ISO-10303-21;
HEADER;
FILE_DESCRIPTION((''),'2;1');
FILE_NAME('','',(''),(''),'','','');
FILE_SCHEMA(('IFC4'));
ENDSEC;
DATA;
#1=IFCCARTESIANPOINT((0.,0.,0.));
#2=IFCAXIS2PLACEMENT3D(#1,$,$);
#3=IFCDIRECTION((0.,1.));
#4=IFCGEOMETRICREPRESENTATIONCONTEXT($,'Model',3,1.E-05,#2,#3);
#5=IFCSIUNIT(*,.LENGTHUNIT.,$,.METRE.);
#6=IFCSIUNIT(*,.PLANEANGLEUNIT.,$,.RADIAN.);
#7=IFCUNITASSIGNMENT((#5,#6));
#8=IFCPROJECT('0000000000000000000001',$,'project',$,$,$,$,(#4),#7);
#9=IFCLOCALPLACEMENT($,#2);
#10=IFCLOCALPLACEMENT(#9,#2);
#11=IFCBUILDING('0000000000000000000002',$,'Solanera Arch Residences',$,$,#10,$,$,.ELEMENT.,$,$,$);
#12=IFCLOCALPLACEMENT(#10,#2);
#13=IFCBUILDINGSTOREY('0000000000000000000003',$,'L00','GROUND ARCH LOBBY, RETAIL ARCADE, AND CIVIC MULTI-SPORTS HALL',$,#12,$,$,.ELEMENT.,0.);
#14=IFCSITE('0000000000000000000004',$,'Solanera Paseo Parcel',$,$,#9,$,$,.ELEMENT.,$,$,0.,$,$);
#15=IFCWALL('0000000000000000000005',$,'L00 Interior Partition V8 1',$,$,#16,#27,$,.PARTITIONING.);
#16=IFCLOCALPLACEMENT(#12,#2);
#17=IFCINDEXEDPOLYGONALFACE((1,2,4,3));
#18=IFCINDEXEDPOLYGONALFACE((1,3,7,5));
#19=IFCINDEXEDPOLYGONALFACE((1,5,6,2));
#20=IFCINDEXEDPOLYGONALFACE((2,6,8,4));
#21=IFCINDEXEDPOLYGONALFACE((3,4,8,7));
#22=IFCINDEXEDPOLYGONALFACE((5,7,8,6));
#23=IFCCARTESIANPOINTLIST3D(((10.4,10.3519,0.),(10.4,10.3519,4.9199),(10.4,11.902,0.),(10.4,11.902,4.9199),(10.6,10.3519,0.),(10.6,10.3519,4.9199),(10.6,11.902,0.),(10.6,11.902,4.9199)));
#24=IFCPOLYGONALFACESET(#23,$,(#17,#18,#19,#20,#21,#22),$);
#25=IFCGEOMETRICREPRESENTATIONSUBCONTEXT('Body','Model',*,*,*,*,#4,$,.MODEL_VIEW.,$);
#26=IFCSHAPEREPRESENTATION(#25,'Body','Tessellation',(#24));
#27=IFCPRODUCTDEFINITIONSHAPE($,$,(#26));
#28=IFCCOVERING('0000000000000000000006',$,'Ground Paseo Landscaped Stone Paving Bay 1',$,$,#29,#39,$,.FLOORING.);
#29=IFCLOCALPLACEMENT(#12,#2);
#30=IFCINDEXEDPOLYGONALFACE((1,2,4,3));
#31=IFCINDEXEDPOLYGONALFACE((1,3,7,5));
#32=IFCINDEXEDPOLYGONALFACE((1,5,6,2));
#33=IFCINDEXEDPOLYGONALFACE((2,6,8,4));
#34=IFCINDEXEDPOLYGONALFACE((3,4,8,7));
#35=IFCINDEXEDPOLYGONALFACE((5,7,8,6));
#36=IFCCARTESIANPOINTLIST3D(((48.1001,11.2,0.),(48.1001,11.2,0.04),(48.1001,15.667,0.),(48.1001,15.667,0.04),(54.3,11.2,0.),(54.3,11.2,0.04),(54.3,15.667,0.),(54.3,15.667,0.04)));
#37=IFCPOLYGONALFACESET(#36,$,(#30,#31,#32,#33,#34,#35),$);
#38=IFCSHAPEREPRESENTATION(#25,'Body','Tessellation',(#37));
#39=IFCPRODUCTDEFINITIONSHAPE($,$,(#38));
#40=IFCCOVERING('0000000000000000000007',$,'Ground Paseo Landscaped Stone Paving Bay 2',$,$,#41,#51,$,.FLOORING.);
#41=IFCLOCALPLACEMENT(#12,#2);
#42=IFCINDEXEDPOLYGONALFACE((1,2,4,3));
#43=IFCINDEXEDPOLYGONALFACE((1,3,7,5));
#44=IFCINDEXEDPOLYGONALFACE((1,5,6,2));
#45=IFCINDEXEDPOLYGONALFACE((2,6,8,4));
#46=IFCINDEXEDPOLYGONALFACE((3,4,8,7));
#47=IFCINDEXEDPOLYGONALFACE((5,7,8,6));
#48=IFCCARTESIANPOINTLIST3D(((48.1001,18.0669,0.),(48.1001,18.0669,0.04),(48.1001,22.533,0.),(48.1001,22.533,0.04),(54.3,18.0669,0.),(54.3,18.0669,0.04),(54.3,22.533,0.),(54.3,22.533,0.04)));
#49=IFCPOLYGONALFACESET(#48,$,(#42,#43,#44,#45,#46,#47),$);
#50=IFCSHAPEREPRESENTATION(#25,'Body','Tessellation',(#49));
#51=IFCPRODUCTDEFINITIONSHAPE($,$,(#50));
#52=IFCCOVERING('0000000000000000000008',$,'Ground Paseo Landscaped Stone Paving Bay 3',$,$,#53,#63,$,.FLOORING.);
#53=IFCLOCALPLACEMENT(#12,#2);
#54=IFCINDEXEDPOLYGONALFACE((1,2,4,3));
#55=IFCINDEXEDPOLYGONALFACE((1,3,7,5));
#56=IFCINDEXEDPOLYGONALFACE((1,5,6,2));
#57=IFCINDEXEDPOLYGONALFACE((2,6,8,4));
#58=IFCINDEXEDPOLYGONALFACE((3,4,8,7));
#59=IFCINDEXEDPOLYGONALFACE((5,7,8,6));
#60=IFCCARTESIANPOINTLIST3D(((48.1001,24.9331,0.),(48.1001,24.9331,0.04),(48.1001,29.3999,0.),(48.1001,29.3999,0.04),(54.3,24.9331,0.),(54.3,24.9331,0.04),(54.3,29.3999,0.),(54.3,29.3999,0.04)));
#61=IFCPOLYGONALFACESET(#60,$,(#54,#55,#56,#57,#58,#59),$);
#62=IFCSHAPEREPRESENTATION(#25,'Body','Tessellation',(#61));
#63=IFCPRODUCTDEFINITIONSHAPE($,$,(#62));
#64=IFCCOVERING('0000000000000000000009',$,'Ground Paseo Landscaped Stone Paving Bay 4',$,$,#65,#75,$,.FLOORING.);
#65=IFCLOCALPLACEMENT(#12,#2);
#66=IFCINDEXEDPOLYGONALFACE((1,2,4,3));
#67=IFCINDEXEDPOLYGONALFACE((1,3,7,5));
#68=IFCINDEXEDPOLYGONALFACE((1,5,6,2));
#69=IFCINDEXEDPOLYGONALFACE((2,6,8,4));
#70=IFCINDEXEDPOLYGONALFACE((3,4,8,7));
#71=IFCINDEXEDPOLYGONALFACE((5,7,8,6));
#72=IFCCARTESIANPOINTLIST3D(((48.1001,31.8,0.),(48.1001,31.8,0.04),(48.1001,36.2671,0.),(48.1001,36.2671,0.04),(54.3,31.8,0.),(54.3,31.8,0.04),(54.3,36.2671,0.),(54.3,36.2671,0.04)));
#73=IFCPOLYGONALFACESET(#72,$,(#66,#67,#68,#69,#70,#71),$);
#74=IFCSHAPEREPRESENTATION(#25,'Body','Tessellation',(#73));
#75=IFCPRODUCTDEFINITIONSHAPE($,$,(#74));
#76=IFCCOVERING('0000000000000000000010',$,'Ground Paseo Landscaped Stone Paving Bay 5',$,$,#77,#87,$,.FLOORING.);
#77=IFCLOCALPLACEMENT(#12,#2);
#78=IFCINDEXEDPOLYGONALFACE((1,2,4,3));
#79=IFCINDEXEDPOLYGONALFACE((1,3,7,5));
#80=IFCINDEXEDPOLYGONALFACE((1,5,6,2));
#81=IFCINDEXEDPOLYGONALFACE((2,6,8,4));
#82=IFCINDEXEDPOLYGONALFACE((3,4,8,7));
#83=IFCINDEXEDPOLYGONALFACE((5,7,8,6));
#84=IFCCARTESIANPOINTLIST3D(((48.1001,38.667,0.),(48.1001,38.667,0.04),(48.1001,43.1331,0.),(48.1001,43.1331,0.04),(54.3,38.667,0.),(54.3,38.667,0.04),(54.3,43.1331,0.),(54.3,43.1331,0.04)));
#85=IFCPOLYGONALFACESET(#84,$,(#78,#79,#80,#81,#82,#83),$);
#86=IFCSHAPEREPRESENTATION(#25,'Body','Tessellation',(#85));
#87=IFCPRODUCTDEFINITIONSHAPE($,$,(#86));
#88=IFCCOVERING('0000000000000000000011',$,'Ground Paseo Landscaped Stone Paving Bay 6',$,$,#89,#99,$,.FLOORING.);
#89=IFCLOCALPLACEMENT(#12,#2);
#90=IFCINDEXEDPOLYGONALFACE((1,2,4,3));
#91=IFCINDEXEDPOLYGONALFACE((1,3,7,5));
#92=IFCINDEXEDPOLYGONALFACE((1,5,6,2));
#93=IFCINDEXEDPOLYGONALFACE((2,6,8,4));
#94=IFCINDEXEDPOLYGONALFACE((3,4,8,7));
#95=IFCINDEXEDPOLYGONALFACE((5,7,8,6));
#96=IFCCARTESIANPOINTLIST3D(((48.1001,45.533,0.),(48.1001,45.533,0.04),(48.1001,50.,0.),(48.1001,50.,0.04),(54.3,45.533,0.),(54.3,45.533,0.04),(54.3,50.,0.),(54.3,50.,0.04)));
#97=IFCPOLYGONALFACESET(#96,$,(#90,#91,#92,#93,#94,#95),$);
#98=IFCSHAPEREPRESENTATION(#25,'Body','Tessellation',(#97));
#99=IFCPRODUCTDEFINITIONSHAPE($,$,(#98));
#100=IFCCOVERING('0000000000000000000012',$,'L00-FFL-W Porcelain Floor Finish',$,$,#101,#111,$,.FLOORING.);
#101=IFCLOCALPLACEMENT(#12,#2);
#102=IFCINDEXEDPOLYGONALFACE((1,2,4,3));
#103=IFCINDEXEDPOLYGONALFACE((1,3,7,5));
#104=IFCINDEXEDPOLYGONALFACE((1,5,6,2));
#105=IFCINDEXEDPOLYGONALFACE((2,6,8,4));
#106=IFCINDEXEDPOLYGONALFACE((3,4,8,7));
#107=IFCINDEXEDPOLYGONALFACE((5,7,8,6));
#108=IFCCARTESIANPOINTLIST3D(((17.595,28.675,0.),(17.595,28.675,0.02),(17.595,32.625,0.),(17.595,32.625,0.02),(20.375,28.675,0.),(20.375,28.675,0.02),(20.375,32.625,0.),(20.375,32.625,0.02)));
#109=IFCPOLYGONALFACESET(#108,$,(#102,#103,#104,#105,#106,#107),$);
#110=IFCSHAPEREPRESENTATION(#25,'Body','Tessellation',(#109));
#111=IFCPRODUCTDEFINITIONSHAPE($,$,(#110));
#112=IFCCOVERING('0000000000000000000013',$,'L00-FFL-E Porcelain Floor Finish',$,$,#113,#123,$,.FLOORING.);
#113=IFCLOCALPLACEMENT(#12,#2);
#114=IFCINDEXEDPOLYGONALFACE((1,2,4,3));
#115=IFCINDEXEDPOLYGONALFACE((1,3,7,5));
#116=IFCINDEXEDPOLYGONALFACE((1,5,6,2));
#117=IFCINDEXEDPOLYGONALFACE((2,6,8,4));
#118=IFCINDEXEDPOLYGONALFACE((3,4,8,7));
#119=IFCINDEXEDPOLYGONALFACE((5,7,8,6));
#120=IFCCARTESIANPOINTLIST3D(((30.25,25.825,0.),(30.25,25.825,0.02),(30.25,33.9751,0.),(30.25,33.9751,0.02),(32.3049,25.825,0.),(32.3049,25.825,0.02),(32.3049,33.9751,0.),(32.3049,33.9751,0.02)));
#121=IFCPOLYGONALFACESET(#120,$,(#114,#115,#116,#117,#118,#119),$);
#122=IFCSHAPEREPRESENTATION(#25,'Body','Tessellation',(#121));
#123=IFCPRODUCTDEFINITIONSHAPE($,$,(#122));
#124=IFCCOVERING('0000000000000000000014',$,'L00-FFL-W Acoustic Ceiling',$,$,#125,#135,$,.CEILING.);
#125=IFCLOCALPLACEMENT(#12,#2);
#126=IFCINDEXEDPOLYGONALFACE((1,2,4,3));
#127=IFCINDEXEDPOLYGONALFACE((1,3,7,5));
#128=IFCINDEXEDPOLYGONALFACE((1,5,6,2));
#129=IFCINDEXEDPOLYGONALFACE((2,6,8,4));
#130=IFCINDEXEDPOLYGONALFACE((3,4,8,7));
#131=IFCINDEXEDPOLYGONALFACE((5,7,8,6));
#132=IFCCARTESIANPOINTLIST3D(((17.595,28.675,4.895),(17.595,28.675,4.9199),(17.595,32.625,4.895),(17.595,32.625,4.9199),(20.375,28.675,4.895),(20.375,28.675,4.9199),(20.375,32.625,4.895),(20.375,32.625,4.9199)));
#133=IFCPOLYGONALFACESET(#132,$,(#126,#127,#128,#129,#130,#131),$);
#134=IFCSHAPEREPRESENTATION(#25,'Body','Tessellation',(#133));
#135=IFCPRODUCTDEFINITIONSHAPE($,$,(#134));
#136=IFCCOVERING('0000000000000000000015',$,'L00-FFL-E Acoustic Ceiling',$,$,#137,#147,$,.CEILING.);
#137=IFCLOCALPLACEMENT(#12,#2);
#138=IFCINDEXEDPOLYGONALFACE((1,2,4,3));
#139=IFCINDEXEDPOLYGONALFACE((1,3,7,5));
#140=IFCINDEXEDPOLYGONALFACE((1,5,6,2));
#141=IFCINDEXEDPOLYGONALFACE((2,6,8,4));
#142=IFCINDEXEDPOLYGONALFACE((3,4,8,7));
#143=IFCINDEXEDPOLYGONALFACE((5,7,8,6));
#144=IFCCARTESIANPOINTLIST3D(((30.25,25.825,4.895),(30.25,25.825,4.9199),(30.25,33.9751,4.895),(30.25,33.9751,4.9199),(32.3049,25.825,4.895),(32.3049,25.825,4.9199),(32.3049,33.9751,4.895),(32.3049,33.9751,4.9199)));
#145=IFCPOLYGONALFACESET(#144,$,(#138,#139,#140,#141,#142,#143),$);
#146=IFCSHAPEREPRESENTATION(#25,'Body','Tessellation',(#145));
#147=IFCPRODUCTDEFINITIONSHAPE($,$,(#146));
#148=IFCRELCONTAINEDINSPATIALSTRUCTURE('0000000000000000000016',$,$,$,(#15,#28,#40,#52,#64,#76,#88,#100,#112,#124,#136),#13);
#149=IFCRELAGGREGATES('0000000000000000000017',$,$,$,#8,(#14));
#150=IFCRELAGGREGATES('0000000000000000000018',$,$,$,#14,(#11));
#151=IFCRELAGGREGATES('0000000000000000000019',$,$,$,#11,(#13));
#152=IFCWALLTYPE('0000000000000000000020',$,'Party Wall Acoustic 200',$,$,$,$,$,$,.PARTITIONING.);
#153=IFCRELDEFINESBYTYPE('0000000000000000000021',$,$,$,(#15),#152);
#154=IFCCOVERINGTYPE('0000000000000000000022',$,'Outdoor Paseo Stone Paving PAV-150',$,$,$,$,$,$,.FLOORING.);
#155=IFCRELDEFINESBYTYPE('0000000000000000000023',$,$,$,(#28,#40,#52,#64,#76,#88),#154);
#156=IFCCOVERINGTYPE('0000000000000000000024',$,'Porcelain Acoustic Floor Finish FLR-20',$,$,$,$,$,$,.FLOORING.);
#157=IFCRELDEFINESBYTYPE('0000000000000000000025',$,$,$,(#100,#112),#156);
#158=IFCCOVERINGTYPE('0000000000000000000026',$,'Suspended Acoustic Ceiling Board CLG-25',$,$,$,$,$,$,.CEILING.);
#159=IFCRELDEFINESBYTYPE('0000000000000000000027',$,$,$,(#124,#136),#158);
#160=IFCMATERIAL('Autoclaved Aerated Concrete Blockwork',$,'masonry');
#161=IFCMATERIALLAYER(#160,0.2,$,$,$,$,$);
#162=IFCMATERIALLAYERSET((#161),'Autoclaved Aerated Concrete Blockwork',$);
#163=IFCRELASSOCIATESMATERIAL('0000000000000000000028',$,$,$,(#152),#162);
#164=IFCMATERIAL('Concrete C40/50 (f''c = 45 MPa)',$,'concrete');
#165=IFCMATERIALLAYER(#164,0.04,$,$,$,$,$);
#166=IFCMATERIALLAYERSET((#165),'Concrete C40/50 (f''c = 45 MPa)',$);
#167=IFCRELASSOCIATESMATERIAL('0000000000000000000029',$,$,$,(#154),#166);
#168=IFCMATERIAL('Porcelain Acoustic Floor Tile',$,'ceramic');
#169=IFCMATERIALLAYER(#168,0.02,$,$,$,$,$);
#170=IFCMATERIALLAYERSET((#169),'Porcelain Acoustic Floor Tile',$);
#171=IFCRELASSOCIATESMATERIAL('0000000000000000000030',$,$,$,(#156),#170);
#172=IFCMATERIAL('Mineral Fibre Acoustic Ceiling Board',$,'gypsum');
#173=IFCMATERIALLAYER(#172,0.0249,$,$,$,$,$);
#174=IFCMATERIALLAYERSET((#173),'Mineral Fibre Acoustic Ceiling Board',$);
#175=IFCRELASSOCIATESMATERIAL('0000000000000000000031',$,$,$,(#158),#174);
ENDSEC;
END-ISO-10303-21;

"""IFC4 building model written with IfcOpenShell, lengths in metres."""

from ifc_helpers import new_model, si_unit, direction, frame, frame_2d, origin, place, context, subcontext, project, spatial, polyline, rectangle, outline, extrude, material, layer, layer_set, type_object, element, save


model = new_model("IFC4")

# Units and contexts
model_context = context("Model", 3, precision=1e-05, world=origin(), true_north=direction((0.0, 1.0)))
body_context = subcontext(model_context, "Body", "Model", "MODEL_VIEW")
ifc_project = project(units=[si_unit("LENGTHUNIT", "METRE"), si_unit("PLANEANGLEUNIT", "RADIAN")], contexts=[model_context])

# Site, building, storey
site_placement = place(None, origin())
site = spatial("IfcSite", under=ifc_project, at=site_placement, Name="Solanera Paseo Parcel", CompositionType="ELEMENT", RefElevation=0.0)
building_placement = place(site_placement, origin())
building = spatial("IfcBuilding", under=site, at=building_placement, Name="Solanera Arch Residences", CompositionType="ELEMENT")
storey_placement = place(building_placement, origin())
storey = spatial("IfcBuildingStorey", under=building, at=storey_placement, Name="L00", Description="GROUND ARCH LOBBY, RETAIL ARCADE, AND CIVIC MULTI-SPORTS HALL", CompositionType="ELEMENT", Elevation=0.0)

# Wall
ifc_material_1 = material(Name="Autoclaved Aerated Concrete Blockwork", Category="masonry")
ifc_layer_1 = layer(ifc_material_1, 0.2)
ifc_layer_set_1 = layer_set([ifc_layer_1], Name="Autoclaved Aerated Concrete Blockwork")
wall_type_1 = type_object("IfcWallType", Name="Party Wall Acoustic 200", PredefinedType="PARTITIONING", material=ifc_layer_set_1)
wall_1_placement = place(storey_placement, frame((10.5, 10.3521, 0.0), z_axis=(0.0, 0.0, 1.0), x_axis=(0.0, 1.0, 0.0)))
element("IfcWall", 1, at=wall_1_placement, inside=storey, type_object=wall_type_1, Name="L00 Interior Partition V8 1", PredefinedType="PARTITIONING", context=body_context, shape_type="SweptSolid", body=[
    extrude(rectangle(XDim=1.55, YDim=0.2, at=frame_2d((0.7749, 0.0))), origin(), (0.0, 0.0, 1.0), 4.9199),
])

# Coverings
ifc_material_2 = material(Name="Concrete C40/50 (f'c = 45 MPa)", Category="concrete")
ifc_layer_2 = layer(ifc_material_2, 0.04)
ifc_layer_set_2 = layer_set([ifc_layer_2], Name="Concrete C40/50 (f'c = 45 MPa)")
covering_type_1 = type_object("IfcCoveringType", Name="Outdoor Paseo Stone Paving PAV-150", PredefinedType="FLOORING", material=ifc_layer_set_2)
covering_1_placement = place(storey_placement, origin())
element("IfcCovering", 2, at=covering_1_placement, inside=storey, type_object=covering_type_1, Name="Ground Paseo Landscaped Stone Paving Bay 1", PredefinedType="FLOORING", context=body_context, shape_type="SweptSolid", body=[
    extrude(outline(polyline([(48.1001, 11.2), (54.3, 11.2), (54.3, 15.667), (48.1001, 15.667), (48.1001, 11.2)])), origin(), (0.0, 0.0, 1.0), 0.04),
])
covering_2_placement = place(storey_placement, origin())
element("IfcCovering", 3, at=covering_2_placement, inside=storey, type_object=covering_type_1, Name="Ground Paseo Landscaped Stone Paving Bay 2", PredefinedType="FLOORING", context=body_context, shape_type="SweptSolid", body=[
    extrude(outline(polyline([(48.1001, 18.0669), (54.3, 18.0669), (54.3, 22.533), (48.1001, 22.533), (48.1001, 18.0669)])), origin(), (0.0, 0.0, 1.0), 0.04),
])
covering_3_placement = place(storey_placement, origin())
element("IfcCovering", 4, at=covering_3_placement, inside=storey, type_object=covering_type_1, Name="Ground Paseo Landscaped Stone Paving Bay 3", PredefinedType="FLOORING", context=body_context, shape_type="SweptSolid", body=[
    extrude(outline(polyline([(48.1001, 24.9331), (54.3, 24.9331), (54.3, 29.3999), (48.1001, 29.3999), (48.1001, 24.9331)])), origin(), (0.0, 0.0, 1.0), 0.04),
])
covering_4_placement = place(storey_placement, origin())
element("IfcCovering", 5, at=covering_4_placement, inside=storey, type_object=covering_type_1, Name="Ground Paseo Landscaped Stone Paving Bay 4", PredefinedType="FLOORING", context=body_context, shape_type="SweptSolid", body=[
    extrude(outline(polyline([(48.1001, 31.8), (54.3, 31.8), (54.3, 36.2671), (48.1001, 36.2671), (48.1001, 31.8)])), origin(), (0.0, 0.0, 1.0), 0.04),
])
covering_5_placement = place(storey_placement, origin())
element("IfcCovering", 6, at=covering_5_placement, inside=storey, type_object=covering_type_1, Name="Ground Paseo Landscaped Stone Paving Bay 5", PredefinedType="FLOORING", context=body_context, shape_type="SweptSolid", body=[
    extrude(outline(polyline([(48.1001, 38.667), (54.3, 38.667), (54.3, 43.1331), (48.1001, 43.1331), (48.1001, 38.667)])), origin(), (0.0, 0.0, 1.0), 0.04),
])
covering_6_placement = place(storey_placement, origin())
element("IfcCovering", 7, at=covering_6_placement, inside=storey, type_object=covering_type_1, Name="Ground Paseo Landscaped Stone Paving Bay 6", PredefinedType="FLOORING", context=body_context, shape_type="SweptSolid", body=[
    extrude(outline(polyline([(48.1001, 45.533), (54.3, 45.533), (54.3, 50.0), (48.1001, 50.0), (48.1001, 45.533)])), origin(), (0.0, 0.0, 1.0), 0.04),
])
ifc_material_3 = material(Name="Porcelain Acoustic Floor Tile", Category="ceramic")
ifc_layer_3 = layer(ifc_material_3, 0.02)
ifc_layer_set_3 = layer_set([ifc_layer_3], Name="Porcelain Acoustic Floor Tile")
covering_type_2 = type_object("IfcCoveringType", Name="Porcelain Acoustic Floor Finish FLR-20", PredefinedType="FLOORING", material=ifc_layer_set_3)
covering_7_placement = place(storey_placement, origin())
element("IfcCovering", 8, at=covering_7_placement, inside=storey, type_object=covering_type_2, Name="L00-FFL-W Porcelain Floor Finish", PredefinedType="FLOORING", context=body_context, shape_type="SweptSolid", body=[
    extrude(outline(polyline([(20.375, 28.675), (17.595, 28.675), (17.595, 32.625), (20.375, 32.625), (20.375, 28.675)])), origin(), (0.0, 0.0, 1.0), 0.02),
])
covering_8_placement = place(storey_placement, origin())
element("IfcCovering", 9, at=covering_8_placement, inside=storey, type_object=covering_type_2, Name="L00-FFL-E Porcelain Floor Finish", PredefinedType="FLOORING", context=body_context, shape_type="SweptSolid", body=[
    extrude(outline(polyline([(32.3049, 25.825), (30.25, 25.825), (30.25, 33.9751), (32.3049, 33.9751), (32.3049, 25.825)])), origin(), (0.0, 0.0, 1.0), 0.02),
])
ifc_material_4 = material(Name="Mineral Fibre Acoustic Ceiling Board", Category="gypsum")
ifc_layer_4 = layer(ifc_material_4, 0.0249)
ifc_layer_set_4 = layer_set([ifc_layer_4], Name="Mineral Fibre Acoustic Ceiling Board")
covering_type_3 = type_object("IfcCoveringType", Name="Suspended Acoustic Ceiling Board CLG-25", PredefinedType="CEILING", material=ifc_layer_set_4)
covering_9_placement = place(storey_placement, frame((0.0, 0.0, 4.895)))
element("IfcCovering", 10, at=covering_9_placement, inside=storey, type_object=covering_type_3, Name="L00-FFL-W Acoustic Ceiling", PredefinedType="CEILING", context=body_context, shape_type="SweptSolid", body=[
    extrude(outline(polyline([(20.375, 28.675), (17.595, 28.675), (17.595, 32.625), (20.375, 32.625), (20.375, 28.675)])), origin(), (0.0, 0.0, 1.0), 0.0249),
])
covering_10_placement = place(storey_placement, frame((0.0, 0.0, 4.895)))
element("IfcCovering", 11, at=covering_10_placement, inside=storey, type_object=covering_type_3, Name="L00-FFL-E Acoustic Ceiling", PredefinedType="CEILING", context=body_context, shape_type="SweptSolid", body=[
    extrude(outline(polyline([(32.3049, 25.825), (30.25, 25.825), (30.25, 33.9751), (32.3049, 33.9751), (32.3049, 25.825)])), origin(), (0.0, 0.0, 1.0), 0.0249),
])

save(model, "model.ifc")
